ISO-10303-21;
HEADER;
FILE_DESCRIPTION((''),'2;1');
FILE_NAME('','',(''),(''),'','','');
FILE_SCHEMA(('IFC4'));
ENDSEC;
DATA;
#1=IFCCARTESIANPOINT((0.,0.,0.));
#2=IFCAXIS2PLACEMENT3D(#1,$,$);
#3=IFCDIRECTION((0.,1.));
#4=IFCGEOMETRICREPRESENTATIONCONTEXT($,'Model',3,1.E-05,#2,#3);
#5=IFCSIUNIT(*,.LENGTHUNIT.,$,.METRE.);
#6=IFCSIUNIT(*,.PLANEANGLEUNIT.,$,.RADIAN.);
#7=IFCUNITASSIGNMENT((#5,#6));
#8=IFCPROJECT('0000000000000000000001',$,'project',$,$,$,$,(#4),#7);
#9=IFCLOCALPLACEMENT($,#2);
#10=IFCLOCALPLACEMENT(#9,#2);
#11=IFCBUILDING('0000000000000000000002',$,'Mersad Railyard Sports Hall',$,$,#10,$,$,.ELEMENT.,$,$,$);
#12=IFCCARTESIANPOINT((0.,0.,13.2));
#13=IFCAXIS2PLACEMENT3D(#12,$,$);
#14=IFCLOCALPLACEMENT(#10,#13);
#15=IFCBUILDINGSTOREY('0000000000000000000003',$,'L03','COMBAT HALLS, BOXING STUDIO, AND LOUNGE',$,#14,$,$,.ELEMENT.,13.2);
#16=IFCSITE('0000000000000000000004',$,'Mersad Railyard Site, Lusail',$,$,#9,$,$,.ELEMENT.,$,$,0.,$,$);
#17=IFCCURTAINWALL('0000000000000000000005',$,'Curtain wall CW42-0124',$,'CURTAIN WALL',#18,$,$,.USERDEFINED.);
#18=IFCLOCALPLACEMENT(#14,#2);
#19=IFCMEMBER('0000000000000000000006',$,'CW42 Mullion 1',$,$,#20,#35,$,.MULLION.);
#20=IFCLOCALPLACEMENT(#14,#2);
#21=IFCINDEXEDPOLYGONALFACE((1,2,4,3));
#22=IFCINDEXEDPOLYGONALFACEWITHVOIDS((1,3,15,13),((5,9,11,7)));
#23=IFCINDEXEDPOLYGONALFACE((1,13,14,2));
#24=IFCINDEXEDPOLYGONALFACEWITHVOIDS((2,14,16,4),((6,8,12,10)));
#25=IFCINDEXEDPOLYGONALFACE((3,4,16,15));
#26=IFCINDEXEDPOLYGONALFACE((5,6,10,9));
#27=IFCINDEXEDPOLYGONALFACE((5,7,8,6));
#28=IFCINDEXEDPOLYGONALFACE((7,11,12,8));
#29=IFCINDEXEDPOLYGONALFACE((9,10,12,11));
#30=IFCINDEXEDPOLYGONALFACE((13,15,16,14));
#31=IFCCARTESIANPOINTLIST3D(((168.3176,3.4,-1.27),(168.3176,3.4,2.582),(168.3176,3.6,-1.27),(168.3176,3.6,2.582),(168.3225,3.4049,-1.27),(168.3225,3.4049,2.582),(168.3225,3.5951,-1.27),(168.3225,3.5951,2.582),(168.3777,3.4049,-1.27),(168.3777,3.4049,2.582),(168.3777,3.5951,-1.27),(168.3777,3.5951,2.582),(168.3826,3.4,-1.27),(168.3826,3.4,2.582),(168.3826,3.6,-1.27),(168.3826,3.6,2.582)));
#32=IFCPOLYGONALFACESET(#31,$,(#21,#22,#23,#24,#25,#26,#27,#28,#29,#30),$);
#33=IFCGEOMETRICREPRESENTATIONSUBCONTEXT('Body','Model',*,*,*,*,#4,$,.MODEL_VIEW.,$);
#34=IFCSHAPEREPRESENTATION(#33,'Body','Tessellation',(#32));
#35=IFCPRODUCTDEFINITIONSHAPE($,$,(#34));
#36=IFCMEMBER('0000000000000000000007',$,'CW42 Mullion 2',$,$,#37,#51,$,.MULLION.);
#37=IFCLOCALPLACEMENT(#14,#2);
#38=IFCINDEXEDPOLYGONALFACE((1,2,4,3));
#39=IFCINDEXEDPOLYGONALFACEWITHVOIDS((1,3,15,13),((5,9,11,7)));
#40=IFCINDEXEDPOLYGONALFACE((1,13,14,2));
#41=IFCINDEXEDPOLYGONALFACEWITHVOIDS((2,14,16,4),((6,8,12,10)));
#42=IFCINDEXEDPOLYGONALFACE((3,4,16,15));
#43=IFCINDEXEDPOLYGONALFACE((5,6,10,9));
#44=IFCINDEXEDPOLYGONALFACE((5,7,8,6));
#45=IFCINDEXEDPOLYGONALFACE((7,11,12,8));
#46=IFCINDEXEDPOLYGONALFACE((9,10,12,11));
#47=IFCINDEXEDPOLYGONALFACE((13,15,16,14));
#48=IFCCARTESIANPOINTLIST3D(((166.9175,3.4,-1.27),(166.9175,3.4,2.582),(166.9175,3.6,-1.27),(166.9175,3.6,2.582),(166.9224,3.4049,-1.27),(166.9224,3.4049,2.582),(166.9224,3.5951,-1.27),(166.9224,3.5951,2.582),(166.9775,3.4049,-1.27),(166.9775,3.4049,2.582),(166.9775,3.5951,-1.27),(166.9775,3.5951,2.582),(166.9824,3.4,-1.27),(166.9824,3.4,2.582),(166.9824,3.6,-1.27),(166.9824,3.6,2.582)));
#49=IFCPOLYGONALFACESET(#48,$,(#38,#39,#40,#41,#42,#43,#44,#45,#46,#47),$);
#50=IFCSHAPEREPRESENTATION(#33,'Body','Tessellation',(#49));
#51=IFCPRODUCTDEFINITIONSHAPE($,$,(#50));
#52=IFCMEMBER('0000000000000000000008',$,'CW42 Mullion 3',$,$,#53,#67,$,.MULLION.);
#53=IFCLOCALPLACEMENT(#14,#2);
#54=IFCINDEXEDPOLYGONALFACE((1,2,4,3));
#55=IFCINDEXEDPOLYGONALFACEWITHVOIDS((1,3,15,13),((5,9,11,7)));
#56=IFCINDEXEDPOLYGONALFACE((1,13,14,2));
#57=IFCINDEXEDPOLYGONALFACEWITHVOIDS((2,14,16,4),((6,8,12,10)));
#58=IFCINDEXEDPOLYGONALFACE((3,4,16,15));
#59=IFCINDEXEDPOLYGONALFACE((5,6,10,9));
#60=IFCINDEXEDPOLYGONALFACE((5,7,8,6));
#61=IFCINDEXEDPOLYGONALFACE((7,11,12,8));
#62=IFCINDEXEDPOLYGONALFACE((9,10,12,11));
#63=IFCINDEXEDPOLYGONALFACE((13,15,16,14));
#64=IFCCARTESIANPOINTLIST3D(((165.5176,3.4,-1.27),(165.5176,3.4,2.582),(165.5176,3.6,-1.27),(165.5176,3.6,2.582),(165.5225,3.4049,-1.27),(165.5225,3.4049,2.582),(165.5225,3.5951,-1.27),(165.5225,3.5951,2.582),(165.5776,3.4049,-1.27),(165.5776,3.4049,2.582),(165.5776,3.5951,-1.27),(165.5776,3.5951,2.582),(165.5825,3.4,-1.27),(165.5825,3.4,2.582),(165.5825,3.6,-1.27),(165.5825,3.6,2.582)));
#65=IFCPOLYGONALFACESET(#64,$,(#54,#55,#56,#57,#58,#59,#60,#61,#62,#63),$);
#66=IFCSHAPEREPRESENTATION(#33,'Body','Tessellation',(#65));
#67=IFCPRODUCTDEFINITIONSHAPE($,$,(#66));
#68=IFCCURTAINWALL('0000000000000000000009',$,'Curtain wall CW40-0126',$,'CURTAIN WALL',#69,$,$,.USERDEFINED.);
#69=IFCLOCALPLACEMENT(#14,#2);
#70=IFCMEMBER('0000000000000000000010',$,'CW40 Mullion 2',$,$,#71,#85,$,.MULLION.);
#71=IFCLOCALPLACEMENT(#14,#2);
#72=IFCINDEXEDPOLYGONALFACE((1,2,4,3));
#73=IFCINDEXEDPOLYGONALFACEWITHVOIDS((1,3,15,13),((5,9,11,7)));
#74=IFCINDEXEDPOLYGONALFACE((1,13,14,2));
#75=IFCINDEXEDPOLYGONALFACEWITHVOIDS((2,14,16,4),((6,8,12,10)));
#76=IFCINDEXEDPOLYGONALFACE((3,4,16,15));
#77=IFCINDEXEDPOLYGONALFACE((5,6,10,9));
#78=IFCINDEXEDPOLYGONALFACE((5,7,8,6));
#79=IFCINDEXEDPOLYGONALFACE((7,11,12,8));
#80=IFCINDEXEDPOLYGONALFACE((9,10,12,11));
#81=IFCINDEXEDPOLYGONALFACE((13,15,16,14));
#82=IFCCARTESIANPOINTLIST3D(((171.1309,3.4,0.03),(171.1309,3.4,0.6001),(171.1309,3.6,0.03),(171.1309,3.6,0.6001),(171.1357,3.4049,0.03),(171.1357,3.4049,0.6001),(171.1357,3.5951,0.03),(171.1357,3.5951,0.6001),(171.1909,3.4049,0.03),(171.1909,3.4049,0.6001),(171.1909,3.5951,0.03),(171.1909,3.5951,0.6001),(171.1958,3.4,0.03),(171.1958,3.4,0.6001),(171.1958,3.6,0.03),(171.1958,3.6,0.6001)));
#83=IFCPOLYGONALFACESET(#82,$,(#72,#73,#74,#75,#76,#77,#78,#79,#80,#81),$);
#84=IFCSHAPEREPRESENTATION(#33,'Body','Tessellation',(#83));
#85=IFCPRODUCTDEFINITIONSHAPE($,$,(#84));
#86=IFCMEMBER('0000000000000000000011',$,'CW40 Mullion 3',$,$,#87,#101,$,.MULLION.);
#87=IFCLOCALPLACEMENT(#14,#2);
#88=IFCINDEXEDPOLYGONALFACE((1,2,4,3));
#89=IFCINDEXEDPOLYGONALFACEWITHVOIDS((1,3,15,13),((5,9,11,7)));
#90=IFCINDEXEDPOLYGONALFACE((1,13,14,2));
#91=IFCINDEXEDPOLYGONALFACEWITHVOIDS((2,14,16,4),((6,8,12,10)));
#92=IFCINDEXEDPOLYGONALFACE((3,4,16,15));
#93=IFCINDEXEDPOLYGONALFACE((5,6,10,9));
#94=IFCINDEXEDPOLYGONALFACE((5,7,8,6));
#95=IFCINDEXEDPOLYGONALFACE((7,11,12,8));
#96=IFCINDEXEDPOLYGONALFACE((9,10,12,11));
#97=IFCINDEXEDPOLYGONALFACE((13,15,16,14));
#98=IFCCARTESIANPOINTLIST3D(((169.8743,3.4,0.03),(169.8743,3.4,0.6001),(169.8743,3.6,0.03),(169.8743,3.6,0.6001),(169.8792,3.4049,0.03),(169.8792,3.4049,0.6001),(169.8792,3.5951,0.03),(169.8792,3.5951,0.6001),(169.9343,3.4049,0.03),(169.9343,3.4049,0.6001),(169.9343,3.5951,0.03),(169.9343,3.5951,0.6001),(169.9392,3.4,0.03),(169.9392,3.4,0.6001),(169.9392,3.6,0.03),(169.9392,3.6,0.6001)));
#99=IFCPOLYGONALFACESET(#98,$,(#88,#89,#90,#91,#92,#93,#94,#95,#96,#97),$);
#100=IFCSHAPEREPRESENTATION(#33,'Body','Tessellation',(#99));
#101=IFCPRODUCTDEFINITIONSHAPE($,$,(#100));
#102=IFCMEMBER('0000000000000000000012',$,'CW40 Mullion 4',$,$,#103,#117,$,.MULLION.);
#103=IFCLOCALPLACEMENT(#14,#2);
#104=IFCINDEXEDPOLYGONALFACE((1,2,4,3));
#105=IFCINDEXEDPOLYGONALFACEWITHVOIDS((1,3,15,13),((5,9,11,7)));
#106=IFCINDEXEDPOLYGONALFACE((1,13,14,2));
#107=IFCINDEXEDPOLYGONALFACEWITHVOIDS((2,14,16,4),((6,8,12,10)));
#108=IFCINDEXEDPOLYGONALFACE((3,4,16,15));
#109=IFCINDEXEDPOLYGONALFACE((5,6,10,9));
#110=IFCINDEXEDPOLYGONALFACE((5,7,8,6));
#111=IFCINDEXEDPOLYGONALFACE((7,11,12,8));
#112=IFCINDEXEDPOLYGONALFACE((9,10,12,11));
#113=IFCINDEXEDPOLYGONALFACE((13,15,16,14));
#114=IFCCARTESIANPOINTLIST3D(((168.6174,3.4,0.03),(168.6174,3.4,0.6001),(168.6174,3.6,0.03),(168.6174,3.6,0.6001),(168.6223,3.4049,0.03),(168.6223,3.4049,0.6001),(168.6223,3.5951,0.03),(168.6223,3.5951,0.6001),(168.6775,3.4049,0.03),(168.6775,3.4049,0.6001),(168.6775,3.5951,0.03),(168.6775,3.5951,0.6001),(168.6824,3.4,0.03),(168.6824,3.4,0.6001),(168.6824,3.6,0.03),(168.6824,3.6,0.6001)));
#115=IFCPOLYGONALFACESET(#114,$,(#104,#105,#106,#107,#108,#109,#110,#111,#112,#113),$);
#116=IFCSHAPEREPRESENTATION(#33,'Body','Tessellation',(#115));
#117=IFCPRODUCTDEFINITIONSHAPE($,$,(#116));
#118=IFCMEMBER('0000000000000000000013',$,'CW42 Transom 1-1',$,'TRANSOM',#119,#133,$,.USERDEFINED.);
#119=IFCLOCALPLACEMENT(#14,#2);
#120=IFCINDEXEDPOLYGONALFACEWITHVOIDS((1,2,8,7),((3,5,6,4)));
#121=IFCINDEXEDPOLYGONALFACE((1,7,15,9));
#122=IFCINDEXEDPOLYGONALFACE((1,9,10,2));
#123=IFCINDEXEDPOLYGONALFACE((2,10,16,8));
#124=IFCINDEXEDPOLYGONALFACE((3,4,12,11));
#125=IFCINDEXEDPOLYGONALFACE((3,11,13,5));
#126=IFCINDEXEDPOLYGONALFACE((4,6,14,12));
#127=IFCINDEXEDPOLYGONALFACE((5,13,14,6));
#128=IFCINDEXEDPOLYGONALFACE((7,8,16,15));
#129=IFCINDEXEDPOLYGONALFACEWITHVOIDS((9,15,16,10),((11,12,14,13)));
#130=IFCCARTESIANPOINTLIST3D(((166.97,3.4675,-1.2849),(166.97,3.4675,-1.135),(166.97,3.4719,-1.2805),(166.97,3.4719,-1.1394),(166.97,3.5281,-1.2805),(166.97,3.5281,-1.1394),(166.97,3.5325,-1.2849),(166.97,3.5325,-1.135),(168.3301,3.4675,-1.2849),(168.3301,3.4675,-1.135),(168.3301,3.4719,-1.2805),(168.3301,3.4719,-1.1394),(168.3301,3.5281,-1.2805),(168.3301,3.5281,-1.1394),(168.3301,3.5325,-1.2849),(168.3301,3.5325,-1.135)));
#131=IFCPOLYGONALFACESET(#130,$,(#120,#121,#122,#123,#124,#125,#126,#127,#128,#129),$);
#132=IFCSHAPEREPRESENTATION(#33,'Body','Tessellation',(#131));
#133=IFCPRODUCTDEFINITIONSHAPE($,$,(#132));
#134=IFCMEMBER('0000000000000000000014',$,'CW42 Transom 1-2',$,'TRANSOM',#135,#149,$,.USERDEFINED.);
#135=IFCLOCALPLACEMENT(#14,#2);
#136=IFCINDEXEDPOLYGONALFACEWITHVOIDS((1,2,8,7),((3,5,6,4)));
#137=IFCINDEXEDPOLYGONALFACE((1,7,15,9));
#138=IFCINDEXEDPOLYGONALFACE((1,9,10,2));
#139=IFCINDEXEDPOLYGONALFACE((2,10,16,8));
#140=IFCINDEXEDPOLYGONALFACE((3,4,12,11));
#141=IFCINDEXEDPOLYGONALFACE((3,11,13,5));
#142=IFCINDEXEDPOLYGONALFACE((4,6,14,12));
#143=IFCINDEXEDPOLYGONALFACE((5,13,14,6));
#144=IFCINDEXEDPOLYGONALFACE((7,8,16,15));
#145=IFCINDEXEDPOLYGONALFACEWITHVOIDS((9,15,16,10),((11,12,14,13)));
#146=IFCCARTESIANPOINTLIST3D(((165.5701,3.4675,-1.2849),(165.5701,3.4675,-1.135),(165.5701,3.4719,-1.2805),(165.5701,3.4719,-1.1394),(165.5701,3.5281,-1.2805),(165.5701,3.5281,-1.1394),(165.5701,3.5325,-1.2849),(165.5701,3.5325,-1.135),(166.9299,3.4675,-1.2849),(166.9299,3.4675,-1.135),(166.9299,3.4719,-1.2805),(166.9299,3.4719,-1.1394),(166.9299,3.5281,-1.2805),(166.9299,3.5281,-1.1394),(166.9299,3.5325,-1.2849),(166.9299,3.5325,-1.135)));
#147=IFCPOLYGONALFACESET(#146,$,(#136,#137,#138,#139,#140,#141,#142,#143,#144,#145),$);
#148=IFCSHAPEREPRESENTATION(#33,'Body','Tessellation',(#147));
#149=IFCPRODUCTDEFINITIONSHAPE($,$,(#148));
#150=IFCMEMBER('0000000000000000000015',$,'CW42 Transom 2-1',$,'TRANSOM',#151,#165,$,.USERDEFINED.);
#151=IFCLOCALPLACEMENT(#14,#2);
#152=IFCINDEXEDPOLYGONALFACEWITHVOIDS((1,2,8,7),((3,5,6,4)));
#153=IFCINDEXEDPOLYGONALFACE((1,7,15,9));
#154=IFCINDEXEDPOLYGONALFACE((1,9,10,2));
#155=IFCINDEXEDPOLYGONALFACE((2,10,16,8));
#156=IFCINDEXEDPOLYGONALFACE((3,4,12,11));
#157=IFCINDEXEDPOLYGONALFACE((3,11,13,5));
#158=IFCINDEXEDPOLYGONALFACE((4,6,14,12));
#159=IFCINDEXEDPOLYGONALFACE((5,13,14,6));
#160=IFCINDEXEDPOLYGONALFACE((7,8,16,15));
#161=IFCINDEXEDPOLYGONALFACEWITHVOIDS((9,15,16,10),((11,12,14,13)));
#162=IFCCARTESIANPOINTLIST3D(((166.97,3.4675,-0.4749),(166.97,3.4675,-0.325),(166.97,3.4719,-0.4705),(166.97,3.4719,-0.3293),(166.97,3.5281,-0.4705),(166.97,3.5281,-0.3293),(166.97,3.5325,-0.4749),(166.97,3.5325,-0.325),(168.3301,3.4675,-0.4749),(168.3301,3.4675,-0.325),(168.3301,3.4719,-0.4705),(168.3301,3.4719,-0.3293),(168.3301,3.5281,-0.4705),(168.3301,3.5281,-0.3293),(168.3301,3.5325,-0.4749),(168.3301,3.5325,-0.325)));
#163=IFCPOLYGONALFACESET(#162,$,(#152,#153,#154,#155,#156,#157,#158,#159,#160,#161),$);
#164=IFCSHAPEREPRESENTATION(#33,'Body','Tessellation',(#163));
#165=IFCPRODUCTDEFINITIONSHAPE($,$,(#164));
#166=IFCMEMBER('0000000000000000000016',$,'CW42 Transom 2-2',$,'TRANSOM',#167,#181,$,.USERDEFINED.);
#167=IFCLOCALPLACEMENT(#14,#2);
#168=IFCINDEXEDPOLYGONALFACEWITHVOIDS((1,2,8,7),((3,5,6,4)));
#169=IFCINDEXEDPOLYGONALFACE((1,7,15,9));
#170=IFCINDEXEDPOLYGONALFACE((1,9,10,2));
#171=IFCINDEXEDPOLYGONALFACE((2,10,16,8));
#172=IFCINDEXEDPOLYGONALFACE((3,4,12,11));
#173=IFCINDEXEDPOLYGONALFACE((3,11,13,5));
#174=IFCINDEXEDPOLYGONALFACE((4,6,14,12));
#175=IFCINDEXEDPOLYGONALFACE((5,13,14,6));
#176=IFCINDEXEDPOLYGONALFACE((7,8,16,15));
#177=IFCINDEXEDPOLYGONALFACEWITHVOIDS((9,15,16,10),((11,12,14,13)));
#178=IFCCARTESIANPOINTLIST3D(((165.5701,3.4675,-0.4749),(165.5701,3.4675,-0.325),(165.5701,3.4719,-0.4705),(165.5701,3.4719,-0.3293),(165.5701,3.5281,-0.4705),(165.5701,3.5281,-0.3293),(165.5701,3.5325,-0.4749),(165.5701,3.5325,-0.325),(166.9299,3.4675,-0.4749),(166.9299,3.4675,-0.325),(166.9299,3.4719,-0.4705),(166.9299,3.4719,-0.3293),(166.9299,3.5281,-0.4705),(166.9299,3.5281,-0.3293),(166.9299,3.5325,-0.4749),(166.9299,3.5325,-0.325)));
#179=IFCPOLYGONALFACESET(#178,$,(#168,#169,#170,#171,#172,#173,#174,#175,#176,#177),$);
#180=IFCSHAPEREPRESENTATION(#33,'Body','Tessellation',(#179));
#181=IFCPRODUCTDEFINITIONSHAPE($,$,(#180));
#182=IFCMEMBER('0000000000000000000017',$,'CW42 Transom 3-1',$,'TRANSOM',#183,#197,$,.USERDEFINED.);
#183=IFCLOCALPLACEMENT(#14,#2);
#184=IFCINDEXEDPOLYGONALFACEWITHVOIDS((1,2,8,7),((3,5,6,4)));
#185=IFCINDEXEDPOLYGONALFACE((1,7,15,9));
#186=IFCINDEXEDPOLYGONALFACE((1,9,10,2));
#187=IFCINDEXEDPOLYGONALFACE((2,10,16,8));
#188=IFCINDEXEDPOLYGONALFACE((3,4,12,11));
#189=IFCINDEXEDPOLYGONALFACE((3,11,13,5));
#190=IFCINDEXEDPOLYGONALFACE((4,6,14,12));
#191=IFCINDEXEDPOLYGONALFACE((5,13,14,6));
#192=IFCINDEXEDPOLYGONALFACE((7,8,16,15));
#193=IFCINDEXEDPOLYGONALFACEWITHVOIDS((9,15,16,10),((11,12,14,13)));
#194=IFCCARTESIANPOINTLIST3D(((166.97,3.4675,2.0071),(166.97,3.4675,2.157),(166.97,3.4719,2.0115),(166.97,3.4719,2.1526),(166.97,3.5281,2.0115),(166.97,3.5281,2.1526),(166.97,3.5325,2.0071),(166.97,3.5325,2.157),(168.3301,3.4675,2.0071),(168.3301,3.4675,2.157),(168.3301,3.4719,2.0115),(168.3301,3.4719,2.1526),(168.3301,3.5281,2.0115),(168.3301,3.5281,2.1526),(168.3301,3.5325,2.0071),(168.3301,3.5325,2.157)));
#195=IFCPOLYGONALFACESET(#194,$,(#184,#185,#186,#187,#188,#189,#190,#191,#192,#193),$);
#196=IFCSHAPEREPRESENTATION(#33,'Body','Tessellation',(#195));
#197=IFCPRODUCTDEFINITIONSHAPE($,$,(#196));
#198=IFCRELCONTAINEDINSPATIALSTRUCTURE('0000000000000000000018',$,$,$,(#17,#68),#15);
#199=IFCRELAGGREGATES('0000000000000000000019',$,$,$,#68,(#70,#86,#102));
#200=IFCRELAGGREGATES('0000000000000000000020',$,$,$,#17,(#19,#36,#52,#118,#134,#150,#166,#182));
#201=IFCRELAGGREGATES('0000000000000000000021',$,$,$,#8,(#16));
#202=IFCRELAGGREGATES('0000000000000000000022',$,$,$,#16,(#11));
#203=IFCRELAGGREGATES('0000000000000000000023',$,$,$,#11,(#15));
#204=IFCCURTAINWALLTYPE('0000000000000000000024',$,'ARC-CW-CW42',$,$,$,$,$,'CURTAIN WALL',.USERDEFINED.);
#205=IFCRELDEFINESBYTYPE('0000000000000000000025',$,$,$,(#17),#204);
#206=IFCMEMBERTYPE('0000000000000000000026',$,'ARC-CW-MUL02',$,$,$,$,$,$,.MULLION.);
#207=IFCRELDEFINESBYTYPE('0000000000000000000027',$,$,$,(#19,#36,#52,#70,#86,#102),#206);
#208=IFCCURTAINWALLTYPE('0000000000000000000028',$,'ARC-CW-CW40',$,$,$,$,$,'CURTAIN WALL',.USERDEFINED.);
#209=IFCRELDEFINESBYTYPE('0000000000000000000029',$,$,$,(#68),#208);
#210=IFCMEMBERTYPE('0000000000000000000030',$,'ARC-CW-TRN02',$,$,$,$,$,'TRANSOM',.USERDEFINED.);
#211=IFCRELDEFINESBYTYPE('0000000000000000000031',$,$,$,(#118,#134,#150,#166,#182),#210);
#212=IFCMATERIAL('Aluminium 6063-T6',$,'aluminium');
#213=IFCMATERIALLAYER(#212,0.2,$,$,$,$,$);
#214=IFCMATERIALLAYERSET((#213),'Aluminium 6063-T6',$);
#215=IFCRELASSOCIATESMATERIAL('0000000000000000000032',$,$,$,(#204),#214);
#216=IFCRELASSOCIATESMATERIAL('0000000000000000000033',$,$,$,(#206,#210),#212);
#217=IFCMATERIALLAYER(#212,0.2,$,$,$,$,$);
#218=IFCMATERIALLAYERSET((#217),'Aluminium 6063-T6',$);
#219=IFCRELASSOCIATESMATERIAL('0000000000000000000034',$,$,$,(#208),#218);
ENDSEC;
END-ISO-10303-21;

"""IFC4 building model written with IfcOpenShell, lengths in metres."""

from ifc_helpers import new_model, si_unit, direction, frame, origin, origin_2d, place, context, subcontext, project, spatial, hollow_rectangle, extrude, material, layer, layer_set, material_profile, profile_set, type_object, element, aggregate, save


model = new_model("IFC4")

# Units and contexts
model_context = context("Model", 3, precision=1e-05, world=origin(), true_north=direction((0.0, 1.0)))
body_context = subcontext(model_context, "Body", "Model", "MODEL_VIEW")
ifc_project = project(units=[si_unit("LENGTHUNIT", "METRE"), si_unit("PLANEANGLEUNIT", "RADIAN")], contexts=[model_context])

# Site, building, storey
site_placement = place(None, origin())
site = spatial("IfcSite", under=ifc_project, at=site_placement, Name="Mersad Railyard Site, Lusail", CompositionType="ELEMENT", RefElevation=0.0)
building_placement = place(site_placement, origin())
building = spatial("IfcBuilding", under=site, at=building_placement, Name="Mersad Railyard Sports Hall", CompositionType="ELEMENT")
storey_placement = place(building_placement, frame((0.0, 0.0, 13.2)))
storey = spatial("IfcBuildingStorey", under=building, at=storey_placement, Name="L03", Description="COMBAT HALLS, BOXING STUDIO, AND LOUNGE", CompositionType="ELEMENT", Elevation=13.2)

# Curtain walls, members
ifc_material_1 = material(Name="Aluminium 6063-T6", Category="aluminium")
ifc_layer_1 = layer(ifc_material_1, 0.2)
ifc_layer_set_1 = layer_set([ifc_layer_1], Name="Aluminium 6063-T6")
curtain_wall_type_1 = type_object("IfcCurtainWallType", Name="ARC-CW-CW42", ElementType="CURTAIN WALL", PredefinedType="USERDEFINED", material=ifc_layer_set_1)
curtain_wall_1_placement = place(storey_placement, origin())
curtain_wall_1 = element("IfcCurtainWall", 1, at=curtain_wall_1_placement, inside=storey, type_object=curtain_wall_type_1, Name="Curtain wall CW42-0124", ObjectType="CURTAIN WALL", PredefinedType="USERDEFINED")
ifc_material_profile_1 = material_profile(ifc_material_1, hollow_rectangle(XDim=0.0649, YDim=0.2, WallThickness=0.0049, at=origin_2d()), Name="AL MULLION 65x200x5")
ifc_profile_set_1 = profile_set([ifc_material_profile_1], Name="Aluminium 6063-T6")
member_type_1 = type_object("IfcMemberType", Name="ARC-CW-MUL02", PredefinedType="MULLION", material=ifc_profile_set_1)
member_1_placement = place(storey_placement, frame((168.3501, 3.5, -1.27), z_axis=(0.0, 0.0, 1.0), x_axis=(1.0, 0.0, 0.0)))
member_1 = element("IfcMember", 2, at=member_1_placement, type_object=member_type_1, Name="CW42 Mullion 1", PredefinedType="MULLION", context=body_context, shape_type="SweptSolid", body=[
    extrude(hollow_rectangle(XDim=0.0649, YDim=0.2, WallThickness=0.0049, at=origin_2d()), origin(), (0.0, 0.0, 1.0), 3.8521),
])
member_2_placement = place(storey_placement, frame((166.95, 3.5, -1.27), z_axis=(0.0, 0.0, 1.0), x_axis=(1.0, 0.0, 0.0)))
member_2 = element("IfcMember", 3, at=member_2_placement, type_object=member_type_1, Name="CW42 Mullion 2", PredefinedType="MULLION", context=body_context, shape_type="SweptSolid", body=[
    extrude(hollow_rectangle(XDim=0.0649, YDim=0.2, WallThickness=0.0049, at=origin_2d()), origin(), (0.0, 0.0, 1.0), 3.8521),
])
member_3_placement = place(storey_placement, frame((165.55, 3.5, -1.27), z_axis=(0.0, 0.0, 1.0), x_axis=(1.0, 0.0, 0.0)))
member_3 = element("IfcMember", 4, at=member_3_placement, type_object=member_type_1, Name="CW42 Mullion 3", PredefinedType="MULLION", context=body_context, shape_type="SweptSolid", body=[
    extrude(hollow_rectangle(XDim=0.0649, YDim=0.2, WallThickness=0.0049, at=origin_2d()), origin(), (0.0, 0.0, 1.0), 3.8521),
])
ifc_layer_2 = layer(ifc_material_1, 0.2)
ifc_layer_set_2 = layer_set([ifc_layer_2], Name="Aluminium 6063-T6")
curtain_wall_type_2 = type_object("IfcCurtainWallType", Name="ARC-CW-CW40", ElementType="CURTAIN WALL", PredefinedType="USERDEFINED", material=ifc_layer_set_2)
curtain_wall_2_placement = place(storey_placement, origin())
curtain_wall_2 = element("IfcCurtainWall", 5, at=curtain_wall_2_placement, inside=storey, type_object=curtain_wall_type_2, Name="Curtain wall CW40-0126", ObjectType="CURTAIN WALL", PredefinedType="USERDEFINED")
member_4_placement = place(storey_placement, frame((171.1633, 3.5, 0.03), z_axis=(0.0, 0.0, 1.0), x_axis=(1.0, 0.0, 0.0)))
member_4 = element("IfcMember", 6, at=member_4_placement, type_object=member_type_1, Name="CW40 Mullion 2", PredefinedType="MULLION", context=body_context, shape_type="SweptSolid", body=[
    extrude(hollow_rectangle(XDim=0.0649, YDim=0.2, WallThickness=0.0049, at=origin_2d()), origin(), (0.0, 0.0, 1.0), 0.5701),
])
member_5_placement = place(storey_placement, frame((169.9067, 3.5, 0.03), z_axis=(0.0, 0.0, 1.0), x_axis=(1.0, 0.0, 0.0)))
member_5 = element("IfcMember", 7, at=member_5_placement, type_object=member_type_1, Name="CW40 Mullion 3", PredefinedType="MULLION", context=body_context, shape_type="SweptSolid", body=[
    extrude(hollow_rectangle(XDim=0.0649, YDim=0.2, WallThickness=0.0049, at=origin_2d()), origin(), (0.0, 0.0, 1.0), 0.5701),
])
member_6_placement = place(storey_placement, frame((168.6499, 3.5, 0.03), z_axis=(0.0, 0.0, 1.0), x_axis=(1.0, 0.0, 0.0)))
member_6 = element("IfcMember", 8, at=member_6_placement, type_object=member_type_1, Name="CW40 Mullion 4", PredefinedType="MULLION", context=body_context, shape_type="SweptSolid", body=[
    extrude(hollow_rectangle(XDim=0.0649, YDim=0.2, WallThickness=0.0049, at=origin_2d()), origin(), (0.0, 0.0, 1.0), 0.5701),
])

# Members
ifc_material_profile_2 = material_profile(ifc_material_1, hollow_rectangle(XDim=0.0649, YDim=0.1499, WallThickness=0.0044, at=origin_2d()), Name="AL TRANSOM 65x150x4.5")
ifc_profile_set_2 = profile_set([ifc_material_profile_2], Name="Aluminium 6063-T6")
member_type_2 = type_object("IfcMemberType", Name="ARC-CW-TRN02", ElementType="TRANSOM", PredefinedType="USERDEFINED", material=ifc_profile_set_2)
member_7_placement = place(storey_placement, frame((168.3301, 3.5, -1.21), z_axis=(-1.0, 0.0, 0.0), x_axis=(0.0, -1.0, 0.0)))
member_7 = element("IfcMember", 9, at=member_7_placement, type_object=member_type_2, Name="CW42 Transom 1-1", ObjectType="TRANSOM", PredefinedType="USERDEFINED", context=body_context, shape_type="SweptSolid", body=[
    extrude(hollow_rectangle(XDim=0.0649, YDim=0.1499, WallThickness=0.0044, at=origin_2d()), origin(), (0.0, 0.0, 1.0), 1.3601),
])
member_8_placement = place(storey_placement, frame((166.9299, 3.5, -1.21), z_axis=(-1.0, 0.0, 0.0), x_axis=(0.0, -1.0, 0.0)))
member_8 = element("IfcMember", 10, at=member_8_placement, type_object=member_type_2, Name="CW42 Transom 1-2", ObjectType="TRANSOM", PredefinedType="USERDEFINED", context=body_context, shape_type="SweptSolid", body=[
    extrude(hollow_rectangle(XDim=0.0649, YDim=0.1499, WallThickness=0.0044, at=origin_2d()), origin(), (0.0, 0.0, 1.0), 1.3599),
])
member_9_placement = place(storey_placement, frame((168.3301, 3.5, -0.3999), z_axis=(-1.0, 0.0, 0.0), x_axis=(0.0, -1.0, 0.0)))
member_9 = element("IfcMember", 11, at=member_9_placement, type_object=member_type_2, Name="CW42 Transom 2-1", ObjectType="TRANSOM", PredefinedType="USERDEFINED", context=body_context, shape_type="SweptSolid", body=[
    extrude(hollow_rectangle(XDim=0.0649, YDim=0.1499, WallThickness=0.0044, at=origin_2d()), origin(), (0.0, 0.0, 1.0), 1.3601),
])
member_10_placement = place(storey_placement, frame((166.9299, 3.5, -0.3999), z_axis=(-1.0, 0.0, 0.0), x_axis=(0.0, -1.0, 0.0)))
member_10 = element("IfcMember", 12, at=member_10_placement, type_object=member_type_2, Name="CW42 Transom 2-2", ObjectType="TRANSOM", PredefinedType="USERDEFINED", context=body_context, shape_type="SweptSolid", body=[
    extrude(hollow_rectangle(XDim=0.0649, YDim=0.1499, WallThickness=0.0044, at=origin_2d()), origin(), (0.0, 0.0, 1.0), 1.3599),
])
member_11_placement = place(storey_placement, frame((168.3301, 3.5, 2.082), z_axis=(-1.0, 0.0, 0.0), x_axis=(0.0, -1.0, 0.0)))
member_11 = element("IfcMember", 13, at=member_11_placement, type_object=member_type_2, Name="CW42 Transom 3-1", ObjectType="TRANSOM", PredefinedType="USERDEFINED", context=body_context, shape_type="SweptSolid", body=[
    extrude(hollow_rectangle(XDim=0.0649, YDim=0.1499, WallThickness=0.0044, at=origin_2d()), origin(), (0.0, 0.0, 1.0), 1.3601),
])
aggregate(curtain_wall_2, [member_4, member_5, member_6])

aggregate(curtain_wall_1, [member_1, member_2, member_3, member_7, member_8, member_9, member_10, member_11])

save(model, "model.ifc")
